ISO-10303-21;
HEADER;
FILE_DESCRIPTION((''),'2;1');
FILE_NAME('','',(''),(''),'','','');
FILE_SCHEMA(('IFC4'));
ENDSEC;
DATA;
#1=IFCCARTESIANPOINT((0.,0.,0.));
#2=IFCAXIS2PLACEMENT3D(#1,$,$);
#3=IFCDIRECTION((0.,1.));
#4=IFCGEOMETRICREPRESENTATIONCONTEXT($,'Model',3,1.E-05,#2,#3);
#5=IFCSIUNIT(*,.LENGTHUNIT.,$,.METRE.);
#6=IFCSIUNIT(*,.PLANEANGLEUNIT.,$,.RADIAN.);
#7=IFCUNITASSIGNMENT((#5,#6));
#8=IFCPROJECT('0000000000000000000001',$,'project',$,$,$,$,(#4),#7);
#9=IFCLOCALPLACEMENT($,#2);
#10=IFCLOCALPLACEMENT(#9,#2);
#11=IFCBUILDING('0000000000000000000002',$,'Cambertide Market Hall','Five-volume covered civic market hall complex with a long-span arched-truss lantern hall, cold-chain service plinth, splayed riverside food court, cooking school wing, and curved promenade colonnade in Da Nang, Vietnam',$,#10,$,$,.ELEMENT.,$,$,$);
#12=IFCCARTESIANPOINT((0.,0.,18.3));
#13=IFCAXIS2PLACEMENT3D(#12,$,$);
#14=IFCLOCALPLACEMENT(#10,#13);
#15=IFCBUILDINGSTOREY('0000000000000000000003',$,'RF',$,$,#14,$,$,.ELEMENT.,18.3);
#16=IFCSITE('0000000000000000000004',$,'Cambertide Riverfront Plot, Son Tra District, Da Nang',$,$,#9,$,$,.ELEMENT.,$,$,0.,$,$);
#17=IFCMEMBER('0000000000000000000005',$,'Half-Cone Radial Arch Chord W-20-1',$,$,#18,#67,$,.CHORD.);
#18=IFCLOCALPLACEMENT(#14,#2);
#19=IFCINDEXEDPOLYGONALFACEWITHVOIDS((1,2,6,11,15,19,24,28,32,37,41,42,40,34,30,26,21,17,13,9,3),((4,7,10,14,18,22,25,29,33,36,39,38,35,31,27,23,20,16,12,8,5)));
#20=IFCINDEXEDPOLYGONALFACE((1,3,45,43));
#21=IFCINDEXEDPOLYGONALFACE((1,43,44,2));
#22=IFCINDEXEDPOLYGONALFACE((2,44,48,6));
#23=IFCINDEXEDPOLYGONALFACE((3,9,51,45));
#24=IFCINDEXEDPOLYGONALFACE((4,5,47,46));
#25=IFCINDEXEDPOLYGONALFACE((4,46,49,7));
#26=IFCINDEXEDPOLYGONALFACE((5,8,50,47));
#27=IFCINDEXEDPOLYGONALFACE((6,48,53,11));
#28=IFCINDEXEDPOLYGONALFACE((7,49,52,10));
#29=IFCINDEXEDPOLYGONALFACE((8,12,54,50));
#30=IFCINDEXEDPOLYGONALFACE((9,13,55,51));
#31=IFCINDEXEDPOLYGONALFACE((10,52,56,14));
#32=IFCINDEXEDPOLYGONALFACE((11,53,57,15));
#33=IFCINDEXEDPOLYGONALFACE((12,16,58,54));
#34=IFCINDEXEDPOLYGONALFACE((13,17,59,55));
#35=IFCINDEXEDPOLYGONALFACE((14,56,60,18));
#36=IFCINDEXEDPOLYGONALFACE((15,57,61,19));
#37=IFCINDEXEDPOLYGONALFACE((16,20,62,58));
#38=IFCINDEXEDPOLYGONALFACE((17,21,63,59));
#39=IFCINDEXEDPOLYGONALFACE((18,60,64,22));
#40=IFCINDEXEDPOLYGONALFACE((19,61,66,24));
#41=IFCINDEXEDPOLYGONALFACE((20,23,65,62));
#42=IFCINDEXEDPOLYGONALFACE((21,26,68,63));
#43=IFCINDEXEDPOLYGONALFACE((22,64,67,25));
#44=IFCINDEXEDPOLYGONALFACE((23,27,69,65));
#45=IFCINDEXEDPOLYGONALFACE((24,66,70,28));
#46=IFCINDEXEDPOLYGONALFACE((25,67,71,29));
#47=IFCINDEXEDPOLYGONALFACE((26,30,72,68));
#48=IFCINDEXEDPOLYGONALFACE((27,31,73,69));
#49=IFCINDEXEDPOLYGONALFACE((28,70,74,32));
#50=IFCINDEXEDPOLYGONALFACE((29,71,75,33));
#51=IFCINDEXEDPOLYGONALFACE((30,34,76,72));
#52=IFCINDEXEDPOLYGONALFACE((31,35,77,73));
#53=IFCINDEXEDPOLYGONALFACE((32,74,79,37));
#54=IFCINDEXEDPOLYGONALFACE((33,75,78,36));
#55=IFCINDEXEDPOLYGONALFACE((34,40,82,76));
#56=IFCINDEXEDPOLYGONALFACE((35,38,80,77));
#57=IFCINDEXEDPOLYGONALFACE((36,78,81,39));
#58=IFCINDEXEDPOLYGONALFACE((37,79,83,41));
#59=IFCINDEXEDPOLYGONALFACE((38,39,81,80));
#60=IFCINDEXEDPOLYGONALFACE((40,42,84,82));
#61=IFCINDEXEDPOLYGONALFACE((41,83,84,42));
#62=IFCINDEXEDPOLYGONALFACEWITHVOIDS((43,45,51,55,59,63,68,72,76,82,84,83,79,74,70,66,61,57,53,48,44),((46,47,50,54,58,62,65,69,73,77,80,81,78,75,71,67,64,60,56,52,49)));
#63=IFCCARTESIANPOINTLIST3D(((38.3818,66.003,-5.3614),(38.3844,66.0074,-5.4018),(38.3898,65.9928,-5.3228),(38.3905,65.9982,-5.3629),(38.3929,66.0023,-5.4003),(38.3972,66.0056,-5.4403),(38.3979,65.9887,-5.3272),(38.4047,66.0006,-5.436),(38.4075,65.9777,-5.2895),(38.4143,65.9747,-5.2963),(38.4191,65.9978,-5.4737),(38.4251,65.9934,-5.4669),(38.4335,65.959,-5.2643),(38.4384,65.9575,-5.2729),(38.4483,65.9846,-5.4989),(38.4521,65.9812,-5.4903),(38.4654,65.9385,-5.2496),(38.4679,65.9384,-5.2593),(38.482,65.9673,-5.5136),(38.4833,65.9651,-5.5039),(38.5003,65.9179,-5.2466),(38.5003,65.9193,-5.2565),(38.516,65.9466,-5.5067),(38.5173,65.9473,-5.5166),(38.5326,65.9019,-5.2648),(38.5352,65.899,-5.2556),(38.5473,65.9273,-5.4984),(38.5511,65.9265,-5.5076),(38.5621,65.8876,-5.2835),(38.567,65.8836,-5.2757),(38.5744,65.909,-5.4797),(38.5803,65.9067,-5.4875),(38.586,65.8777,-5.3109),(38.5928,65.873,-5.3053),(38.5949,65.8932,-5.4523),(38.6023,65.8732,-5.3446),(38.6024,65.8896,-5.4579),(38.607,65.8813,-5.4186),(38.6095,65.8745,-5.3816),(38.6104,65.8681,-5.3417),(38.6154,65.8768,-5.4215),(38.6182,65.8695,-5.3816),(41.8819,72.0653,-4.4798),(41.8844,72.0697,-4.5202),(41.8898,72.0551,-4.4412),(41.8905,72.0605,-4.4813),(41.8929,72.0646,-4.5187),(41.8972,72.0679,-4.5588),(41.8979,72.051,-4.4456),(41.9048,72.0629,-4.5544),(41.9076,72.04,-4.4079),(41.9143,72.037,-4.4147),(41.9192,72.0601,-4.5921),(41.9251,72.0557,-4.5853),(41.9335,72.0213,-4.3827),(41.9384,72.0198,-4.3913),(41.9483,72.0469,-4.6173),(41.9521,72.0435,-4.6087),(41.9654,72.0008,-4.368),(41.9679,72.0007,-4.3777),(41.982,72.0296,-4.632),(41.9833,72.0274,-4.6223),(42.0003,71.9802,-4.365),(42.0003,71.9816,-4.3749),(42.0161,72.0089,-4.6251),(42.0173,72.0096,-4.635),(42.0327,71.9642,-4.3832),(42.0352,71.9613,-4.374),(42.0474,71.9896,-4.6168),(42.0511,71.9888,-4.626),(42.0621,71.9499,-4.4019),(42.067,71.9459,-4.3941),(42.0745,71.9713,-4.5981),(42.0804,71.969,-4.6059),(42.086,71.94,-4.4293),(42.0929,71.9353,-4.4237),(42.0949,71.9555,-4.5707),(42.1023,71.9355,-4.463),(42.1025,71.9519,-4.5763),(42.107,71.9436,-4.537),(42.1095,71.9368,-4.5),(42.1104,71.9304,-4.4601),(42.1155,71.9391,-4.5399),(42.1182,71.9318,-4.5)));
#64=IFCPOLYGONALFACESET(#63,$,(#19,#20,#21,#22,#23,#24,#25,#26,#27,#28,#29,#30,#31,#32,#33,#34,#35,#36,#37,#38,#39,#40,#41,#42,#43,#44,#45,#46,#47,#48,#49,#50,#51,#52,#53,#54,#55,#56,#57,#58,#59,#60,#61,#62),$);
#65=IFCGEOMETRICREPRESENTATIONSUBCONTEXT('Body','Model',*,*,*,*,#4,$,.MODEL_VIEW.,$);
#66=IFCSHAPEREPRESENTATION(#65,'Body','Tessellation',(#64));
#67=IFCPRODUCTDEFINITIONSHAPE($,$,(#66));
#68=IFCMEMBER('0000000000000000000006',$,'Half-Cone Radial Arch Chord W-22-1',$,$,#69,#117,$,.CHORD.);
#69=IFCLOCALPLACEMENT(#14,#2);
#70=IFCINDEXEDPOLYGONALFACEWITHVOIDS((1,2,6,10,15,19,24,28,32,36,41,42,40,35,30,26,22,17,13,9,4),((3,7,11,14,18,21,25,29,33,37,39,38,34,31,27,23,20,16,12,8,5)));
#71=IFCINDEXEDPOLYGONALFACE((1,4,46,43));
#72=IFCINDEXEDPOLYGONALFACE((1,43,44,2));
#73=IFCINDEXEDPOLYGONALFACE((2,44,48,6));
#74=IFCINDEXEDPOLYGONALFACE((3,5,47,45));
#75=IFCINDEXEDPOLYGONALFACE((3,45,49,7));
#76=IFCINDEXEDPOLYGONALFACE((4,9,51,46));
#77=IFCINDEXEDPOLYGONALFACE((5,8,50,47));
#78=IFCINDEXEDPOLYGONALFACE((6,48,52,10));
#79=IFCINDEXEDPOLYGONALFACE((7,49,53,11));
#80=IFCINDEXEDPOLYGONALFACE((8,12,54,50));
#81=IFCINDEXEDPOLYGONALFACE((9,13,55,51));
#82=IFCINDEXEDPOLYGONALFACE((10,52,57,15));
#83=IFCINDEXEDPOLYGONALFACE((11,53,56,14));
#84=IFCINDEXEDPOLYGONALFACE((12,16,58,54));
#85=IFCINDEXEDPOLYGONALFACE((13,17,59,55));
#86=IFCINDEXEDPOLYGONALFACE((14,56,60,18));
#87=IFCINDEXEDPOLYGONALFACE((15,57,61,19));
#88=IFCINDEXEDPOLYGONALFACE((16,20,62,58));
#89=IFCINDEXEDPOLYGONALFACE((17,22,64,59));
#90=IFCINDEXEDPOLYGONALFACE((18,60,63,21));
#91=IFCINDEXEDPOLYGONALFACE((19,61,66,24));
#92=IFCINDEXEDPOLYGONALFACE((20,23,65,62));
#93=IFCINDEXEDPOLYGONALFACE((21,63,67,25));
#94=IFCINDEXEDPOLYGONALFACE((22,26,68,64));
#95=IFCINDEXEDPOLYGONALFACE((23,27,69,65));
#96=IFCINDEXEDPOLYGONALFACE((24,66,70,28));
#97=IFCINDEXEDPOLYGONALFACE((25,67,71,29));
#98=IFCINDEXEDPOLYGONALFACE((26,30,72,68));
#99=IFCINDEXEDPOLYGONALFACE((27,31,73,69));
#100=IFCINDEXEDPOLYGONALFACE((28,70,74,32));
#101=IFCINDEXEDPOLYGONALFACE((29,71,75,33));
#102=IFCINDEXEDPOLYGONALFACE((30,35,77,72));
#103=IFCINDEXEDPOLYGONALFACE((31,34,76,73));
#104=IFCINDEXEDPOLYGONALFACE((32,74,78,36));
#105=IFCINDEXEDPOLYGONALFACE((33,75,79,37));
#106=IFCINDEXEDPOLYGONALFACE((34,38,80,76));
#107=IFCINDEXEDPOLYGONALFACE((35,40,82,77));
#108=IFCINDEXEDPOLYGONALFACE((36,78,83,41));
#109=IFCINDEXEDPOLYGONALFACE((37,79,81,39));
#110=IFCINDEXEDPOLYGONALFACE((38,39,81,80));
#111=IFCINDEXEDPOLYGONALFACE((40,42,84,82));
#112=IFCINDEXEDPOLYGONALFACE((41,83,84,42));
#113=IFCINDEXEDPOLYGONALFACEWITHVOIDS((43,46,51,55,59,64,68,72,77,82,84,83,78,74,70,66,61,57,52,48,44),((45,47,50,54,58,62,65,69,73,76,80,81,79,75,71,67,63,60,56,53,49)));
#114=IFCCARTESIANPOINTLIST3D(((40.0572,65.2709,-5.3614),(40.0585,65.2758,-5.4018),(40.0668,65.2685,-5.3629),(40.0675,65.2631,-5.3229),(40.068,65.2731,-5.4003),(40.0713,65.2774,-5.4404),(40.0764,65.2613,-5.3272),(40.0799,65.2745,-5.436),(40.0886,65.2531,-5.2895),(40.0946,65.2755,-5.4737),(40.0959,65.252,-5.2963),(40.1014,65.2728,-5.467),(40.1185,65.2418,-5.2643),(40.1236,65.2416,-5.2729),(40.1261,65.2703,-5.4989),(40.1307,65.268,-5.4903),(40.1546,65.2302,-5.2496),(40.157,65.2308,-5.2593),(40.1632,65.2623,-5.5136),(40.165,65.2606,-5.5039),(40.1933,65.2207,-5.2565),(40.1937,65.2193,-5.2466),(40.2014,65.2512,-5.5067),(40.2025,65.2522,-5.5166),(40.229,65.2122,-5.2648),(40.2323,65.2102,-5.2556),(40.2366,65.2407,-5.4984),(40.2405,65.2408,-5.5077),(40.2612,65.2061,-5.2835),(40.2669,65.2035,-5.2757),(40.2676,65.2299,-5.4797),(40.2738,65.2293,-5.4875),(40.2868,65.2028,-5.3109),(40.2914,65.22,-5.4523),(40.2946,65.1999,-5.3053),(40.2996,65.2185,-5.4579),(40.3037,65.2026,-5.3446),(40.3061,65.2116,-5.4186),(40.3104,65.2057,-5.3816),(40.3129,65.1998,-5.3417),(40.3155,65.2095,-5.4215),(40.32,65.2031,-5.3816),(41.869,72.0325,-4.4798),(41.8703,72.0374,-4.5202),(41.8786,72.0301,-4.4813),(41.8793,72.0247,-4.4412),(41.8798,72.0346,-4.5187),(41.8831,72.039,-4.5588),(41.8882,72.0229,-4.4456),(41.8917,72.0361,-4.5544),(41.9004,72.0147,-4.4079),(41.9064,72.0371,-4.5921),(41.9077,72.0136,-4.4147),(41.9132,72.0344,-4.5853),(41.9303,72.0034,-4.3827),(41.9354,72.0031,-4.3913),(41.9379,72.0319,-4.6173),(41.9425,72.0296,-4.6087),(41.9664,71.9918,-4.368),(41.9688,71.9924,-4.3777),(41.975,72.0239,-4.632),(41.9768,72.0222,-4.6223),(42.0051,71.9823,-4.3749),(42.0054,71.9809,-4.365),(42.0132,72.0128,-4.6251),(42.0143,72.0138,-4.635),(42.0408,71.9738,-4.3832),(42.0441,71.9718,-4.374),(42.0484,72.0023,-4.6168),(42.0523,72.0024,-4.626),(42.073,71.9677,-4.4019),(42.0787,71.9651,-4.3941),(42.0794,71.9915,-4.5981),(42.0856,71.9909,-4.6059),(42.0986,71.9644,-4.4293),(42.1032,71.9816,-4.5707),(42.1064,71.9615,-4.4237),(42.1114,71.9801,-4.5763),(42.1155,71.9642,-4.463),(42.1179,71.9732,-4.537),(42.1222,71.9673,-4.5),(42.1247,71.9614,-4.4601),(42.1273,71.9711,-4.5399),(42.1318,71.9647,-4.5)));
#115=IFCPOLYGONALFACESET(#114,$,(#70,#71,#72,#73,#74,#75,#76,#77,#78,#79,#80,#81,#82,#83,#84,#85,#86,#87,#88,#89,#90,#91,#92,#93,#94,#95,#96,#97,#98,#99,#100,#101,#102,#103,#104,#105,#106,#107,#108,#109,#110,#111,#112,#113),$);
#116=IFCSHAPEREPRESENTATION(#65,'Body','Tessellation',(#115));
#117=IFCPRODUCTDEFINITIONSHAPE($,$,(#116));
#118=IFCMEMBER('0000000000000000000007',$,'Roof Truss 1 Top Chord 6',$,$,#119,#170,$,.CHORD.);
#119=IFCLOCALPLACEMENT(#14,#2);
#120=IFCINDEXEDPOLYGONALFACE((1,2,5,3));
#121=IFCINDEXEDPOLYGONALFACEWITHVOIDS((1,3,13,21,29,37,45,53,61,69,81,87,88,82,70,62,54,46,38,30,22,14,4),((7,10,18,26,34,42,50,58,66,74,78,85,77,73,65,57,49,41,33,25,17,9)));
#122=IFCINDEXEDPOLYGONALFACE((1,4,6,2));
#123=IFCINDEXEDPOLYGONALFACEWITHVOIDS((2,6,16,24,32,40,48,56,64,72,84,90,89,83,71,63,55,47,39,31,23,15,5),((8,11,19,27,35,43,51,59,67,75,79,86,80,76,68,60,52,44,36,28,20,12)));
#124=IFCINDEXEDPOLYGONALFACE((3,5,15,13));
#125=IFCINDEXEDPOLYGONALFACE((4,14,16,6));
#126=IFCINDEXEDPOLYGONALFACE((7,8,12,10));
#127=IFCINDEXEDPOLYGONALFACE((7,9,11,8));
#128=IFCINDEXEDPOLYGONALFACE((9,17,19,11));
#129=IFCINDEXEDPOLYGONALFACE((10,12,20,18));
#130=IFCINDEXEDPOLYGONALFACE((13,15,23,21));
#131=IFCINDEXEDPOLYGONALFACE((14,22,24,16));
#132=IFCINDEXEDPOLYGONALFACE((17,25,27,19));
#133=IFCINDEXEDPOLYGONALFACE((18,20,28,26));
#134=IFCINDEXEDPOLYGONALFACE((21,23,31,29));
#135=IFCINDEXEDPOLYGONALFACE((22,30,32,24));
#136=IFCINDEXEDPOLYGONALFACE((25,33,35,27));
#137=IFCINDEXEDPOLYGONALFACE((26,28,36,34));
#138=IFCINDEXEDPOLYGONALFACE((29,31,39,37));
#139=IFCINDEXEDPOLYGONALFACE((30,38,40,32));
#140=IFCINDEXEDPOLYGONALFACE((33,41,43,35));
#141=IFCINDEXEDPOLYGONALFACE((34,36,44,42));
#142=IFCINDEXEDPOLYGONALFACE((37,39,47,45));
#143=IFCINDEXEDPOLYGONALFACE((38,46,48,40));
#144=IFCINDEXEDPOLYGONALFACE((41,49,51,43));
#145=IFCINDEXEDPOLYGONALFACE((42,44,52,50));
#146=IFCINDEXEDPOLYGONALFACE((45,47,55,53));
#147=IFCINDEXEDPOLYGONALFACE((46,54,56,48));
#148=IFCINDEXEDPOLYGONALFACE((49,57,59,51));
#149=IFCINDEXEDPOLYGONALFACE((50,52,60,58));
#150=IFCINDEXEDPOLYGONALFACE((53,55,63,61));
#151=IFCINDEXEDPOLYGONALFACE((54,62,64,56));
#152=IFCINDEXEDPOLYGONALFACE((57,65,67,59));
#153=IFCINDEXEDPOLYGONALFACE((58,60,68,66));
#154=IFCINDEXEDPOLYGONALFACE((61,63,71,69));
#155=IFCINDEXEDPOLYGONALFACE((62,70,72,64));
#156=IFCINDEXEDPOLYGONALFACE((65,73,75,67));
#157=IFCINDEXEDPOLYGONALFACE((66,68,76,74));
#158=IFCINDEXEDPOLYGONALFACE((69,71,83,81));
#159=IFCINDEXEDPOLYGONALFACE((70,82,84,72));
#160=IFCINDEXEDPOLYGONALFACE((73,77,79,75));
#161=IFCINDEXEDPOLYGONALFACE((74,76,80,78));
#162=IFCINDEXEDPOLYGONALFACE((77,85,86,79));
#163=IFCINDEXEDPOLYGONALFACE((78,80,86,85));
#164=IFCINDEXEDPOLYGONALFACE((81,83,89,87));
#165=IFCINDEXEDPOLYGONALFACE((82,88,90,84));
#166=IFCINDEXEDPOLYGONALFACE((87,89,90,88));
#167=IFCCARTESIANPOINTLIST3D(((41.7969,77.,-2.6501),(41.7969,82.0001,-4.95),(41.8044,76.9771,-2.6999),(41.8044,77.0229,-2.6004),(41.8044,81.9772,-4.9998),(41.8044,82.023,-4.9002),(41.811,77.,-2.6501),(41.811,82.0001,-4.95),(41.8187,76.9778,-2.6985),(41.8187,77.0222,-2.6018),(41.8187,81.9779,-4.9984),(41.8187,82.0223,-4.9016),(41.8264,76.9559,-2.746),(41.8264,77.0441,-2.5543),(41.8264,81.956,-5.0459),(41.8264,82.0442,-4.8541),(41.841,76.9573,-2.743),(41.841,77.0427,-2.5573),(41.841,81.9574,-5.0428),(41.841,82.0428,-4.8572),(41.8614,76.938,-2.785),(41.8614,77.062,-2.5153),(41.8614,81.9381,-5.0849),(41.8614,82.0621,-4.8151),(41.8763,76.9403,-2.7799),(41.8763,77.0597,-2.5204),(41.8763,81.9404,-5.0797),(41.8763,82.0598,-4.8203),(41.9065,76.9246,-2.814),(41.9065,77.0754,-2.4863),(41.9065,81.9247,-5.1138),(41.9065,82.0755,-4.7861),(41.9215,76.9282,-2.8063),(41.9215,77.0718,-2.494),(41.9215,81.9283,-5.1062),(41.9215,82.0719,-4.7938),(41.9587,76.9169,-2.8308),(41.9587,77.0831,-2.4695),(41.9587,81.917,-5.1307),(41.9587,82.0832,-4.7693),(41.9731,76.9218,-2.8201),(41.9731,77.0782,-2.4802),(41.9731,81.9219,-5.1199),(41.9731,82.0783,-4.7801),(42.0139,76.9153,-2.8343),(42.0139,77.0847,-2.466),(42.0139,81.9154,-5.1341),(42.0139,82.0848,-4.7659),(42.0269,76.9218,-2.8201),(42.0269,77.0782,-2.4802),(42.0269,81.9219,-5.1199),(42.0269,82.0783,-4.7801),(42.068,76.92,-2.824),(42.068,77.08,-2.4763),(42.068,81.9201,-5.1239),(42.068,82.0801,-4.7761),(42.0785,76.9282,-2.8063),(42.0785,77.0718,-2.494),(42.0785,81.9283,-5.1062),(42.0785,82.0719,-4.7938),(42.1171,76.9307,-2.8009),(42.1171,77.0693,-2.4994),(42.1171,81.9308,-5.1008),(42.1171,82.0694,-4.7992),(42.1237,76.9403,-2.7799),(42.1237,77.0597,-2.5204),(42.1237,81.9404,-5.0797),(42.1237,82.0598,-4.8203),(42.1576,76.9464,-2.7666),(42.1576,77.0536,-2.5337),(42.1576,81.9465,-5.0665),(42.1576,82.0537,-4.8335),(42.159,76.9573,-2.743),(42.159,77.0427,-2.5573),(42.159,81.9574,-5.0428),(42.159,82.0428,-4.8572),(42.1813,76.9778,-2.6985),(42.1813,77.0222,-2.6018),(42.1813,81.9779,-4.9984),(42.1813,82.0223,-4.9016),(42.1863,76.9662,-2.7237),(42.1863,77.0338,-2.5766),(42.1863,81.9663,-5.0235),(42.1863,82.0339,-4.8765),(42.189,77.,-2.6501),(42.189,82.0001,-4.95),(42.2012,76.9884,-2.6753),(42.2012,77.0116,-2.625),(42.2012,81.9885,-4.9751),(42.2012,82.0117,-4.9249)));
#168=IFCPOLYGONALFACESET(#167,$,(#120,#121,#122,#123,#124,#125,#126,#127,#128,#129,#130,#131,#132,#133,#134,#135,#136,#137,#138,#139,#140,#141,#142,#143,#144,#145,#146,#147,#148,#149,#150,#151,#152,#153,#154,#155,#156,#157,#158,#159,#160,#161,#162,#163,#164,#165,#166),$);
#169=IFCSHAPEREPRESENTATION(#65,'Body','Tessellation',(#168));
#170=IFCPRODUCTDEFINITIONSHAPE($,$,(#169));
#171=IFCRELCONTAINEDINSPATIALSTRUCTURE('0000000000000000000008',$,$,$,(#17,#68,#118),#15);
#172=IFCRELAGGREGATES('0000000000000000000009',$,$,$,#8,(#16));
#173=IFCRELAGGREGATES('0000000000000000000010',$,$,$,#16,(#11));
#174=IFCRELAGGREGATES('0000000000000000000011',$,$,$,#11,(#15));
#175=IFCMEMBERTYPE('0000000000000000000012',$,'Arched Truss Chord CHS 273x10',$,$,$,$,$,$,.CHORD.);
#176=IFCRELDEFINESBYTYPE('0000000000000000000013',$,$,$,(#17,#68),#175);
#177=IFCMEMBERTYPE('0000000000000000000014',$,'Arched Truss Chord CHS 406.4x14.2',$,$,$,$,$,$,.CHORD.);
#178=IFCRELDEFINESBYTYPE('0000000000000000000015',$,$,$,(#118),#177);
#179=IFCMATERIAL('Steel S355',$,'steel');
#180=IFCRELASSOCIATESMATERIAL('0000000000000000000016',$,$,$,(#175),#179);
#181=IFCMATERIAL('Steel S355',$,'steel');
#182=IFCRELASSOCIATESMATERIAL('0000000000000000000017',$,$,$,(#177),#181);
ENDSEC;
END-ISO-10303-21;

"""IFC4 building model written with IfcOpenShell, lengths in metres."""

from ifc_helpers import new_model, si_unit, direction, frame, origin, origin_2d, place, context, subcontext, project, spatial, hollow_circle, extrude, material, material_profile, profile_set, type_object, element, save


model = new_model("IFC4")

# Units and contexts
model_context = context("Model", 3, precision=1e-05, world=origin(), true_north=direction((0.0, 1.0)))
body_context = subcontext(model_context, "Body", "Model", "MODEL_VIEW")
ifc_project = project(units=[si_unit("LENGTHUNIT", "METRE"), si_unit("PLANEANGLEUNIT", "RADIAN")], contexts=[model_context])

# Site, building, storey
site_placement = place(None, origin())
site = spatial("IfcSite", under=ifc_project, at=site_placement, Name="Cambertide Riverfront Plot, Son Tra District, Da Nang", CompositionType="ELEMENT", RefElevation=0.0)
building_placement = place(site_placement, origin())
building = spatial("IfcBuilding", under=site, at=building_placement, Name="Cambertide Market Hall", Description="Five-volume covered civic market hall complex with a long-span arched-truss lantern hall, cold-chain service plinth, splayed riverside food court, cooking school wing, and curved promenade colonnade in Da Nang, Vietnam", CompositionType="ELEMENT")
storey_placement = place(building_placement, frame((0.0, 0.0, 18.3)))
storey = spatial("IfcBuildingStorey", under=building, at=storey_placement, Name="RF", CompositionType="ELEMENT", Elevation=18.3)

# Members
ifc_material_1 = material(Name="Steel S355", Category="steel")
ifc_material_profile_1 = material_profile(ifc_material_1, hollow_circle(Radius=0.1365, WallThickness=0.01, at=origin_2d()), Name="CHS 273x10")
ifc_profile_set_1 = profile_set([ifc_material_profile_1], Name="Steel S355")
member_type_1 = type_object("IfcMemberType", Name="Arched Truss Chord CHS 273x10", PredefinedType="CHORD", material=ifc_profile_set_1)
for number, where, z_axis, x_axis, name in (
    (1, (42.0, 72.0, -4.5), (-0.496077, -0.859241, -0.124953), (0.866028, -0.499995, 0.0), "Half-Cone Radial Arch Chord W-20-1"),
    (2, (42.0, 72.0, -4.5), (-0.256795, -0.958354, -0.124955), (0.965925, -0.258824, 0.0), "Half-Cone Radial Arch Chord W-22-1"),
):
    element("IfcMember", number, at=place(storey_placement, frame(where, z_axis=z_axis, x_axis=x_axis)), inside=storey, type_object=member_type_1, Name=name, PredefinedType="CHORD", context=body_context, shape_type="SweptSolid", body=[
        extrude(hollow_circle(Radius=0.1365, WallThickness=0.01, at=origin_2d()), origin(), (0.0, 0.0, 1.0), 7.0554),
    ])
ifc_material_2 = material(Name="Steel S355", Category="steel")
ifc_material_profile_2 = material_profile(ifc_material_2, hollow_circle(Radius=0.2031, WallThickness=0.0142, at=origin_2d()), Name="CHS 406.4x14.2")
ifc_profile_set_2 = profile_set([ifc_material_profile_2], Name="Steel S355")
member_type_2 = type_object("IfcMemberType", Name="Arched Truss Chord CHS 406.4x14.2", PredefinedType="CHORD", material=ifc_profile_set_2)
member_1_placement = place(storey_placement, frame((42.0, 77.0, -2.6501), z_axis=(0.0, 0.908504, -0.417876), x_axis=(-1.0, 0.0, 0.0)))
element("IfcMember", 3, at=member_1_placement, inside=storey, type_object=member_type_2, Name="Roof Truss 1 Top Chord 6", PredefinedType="CHORD", context=body_context, shape_type="SweptSolid", body=[
    extrude(hollow_circle(Radius=0.2031, WallThickness=0.0142, at=origin_2d()), origin(), (0.0, 0.0, 1.0), 5.5037),
])

save(model, "model.ifc")
